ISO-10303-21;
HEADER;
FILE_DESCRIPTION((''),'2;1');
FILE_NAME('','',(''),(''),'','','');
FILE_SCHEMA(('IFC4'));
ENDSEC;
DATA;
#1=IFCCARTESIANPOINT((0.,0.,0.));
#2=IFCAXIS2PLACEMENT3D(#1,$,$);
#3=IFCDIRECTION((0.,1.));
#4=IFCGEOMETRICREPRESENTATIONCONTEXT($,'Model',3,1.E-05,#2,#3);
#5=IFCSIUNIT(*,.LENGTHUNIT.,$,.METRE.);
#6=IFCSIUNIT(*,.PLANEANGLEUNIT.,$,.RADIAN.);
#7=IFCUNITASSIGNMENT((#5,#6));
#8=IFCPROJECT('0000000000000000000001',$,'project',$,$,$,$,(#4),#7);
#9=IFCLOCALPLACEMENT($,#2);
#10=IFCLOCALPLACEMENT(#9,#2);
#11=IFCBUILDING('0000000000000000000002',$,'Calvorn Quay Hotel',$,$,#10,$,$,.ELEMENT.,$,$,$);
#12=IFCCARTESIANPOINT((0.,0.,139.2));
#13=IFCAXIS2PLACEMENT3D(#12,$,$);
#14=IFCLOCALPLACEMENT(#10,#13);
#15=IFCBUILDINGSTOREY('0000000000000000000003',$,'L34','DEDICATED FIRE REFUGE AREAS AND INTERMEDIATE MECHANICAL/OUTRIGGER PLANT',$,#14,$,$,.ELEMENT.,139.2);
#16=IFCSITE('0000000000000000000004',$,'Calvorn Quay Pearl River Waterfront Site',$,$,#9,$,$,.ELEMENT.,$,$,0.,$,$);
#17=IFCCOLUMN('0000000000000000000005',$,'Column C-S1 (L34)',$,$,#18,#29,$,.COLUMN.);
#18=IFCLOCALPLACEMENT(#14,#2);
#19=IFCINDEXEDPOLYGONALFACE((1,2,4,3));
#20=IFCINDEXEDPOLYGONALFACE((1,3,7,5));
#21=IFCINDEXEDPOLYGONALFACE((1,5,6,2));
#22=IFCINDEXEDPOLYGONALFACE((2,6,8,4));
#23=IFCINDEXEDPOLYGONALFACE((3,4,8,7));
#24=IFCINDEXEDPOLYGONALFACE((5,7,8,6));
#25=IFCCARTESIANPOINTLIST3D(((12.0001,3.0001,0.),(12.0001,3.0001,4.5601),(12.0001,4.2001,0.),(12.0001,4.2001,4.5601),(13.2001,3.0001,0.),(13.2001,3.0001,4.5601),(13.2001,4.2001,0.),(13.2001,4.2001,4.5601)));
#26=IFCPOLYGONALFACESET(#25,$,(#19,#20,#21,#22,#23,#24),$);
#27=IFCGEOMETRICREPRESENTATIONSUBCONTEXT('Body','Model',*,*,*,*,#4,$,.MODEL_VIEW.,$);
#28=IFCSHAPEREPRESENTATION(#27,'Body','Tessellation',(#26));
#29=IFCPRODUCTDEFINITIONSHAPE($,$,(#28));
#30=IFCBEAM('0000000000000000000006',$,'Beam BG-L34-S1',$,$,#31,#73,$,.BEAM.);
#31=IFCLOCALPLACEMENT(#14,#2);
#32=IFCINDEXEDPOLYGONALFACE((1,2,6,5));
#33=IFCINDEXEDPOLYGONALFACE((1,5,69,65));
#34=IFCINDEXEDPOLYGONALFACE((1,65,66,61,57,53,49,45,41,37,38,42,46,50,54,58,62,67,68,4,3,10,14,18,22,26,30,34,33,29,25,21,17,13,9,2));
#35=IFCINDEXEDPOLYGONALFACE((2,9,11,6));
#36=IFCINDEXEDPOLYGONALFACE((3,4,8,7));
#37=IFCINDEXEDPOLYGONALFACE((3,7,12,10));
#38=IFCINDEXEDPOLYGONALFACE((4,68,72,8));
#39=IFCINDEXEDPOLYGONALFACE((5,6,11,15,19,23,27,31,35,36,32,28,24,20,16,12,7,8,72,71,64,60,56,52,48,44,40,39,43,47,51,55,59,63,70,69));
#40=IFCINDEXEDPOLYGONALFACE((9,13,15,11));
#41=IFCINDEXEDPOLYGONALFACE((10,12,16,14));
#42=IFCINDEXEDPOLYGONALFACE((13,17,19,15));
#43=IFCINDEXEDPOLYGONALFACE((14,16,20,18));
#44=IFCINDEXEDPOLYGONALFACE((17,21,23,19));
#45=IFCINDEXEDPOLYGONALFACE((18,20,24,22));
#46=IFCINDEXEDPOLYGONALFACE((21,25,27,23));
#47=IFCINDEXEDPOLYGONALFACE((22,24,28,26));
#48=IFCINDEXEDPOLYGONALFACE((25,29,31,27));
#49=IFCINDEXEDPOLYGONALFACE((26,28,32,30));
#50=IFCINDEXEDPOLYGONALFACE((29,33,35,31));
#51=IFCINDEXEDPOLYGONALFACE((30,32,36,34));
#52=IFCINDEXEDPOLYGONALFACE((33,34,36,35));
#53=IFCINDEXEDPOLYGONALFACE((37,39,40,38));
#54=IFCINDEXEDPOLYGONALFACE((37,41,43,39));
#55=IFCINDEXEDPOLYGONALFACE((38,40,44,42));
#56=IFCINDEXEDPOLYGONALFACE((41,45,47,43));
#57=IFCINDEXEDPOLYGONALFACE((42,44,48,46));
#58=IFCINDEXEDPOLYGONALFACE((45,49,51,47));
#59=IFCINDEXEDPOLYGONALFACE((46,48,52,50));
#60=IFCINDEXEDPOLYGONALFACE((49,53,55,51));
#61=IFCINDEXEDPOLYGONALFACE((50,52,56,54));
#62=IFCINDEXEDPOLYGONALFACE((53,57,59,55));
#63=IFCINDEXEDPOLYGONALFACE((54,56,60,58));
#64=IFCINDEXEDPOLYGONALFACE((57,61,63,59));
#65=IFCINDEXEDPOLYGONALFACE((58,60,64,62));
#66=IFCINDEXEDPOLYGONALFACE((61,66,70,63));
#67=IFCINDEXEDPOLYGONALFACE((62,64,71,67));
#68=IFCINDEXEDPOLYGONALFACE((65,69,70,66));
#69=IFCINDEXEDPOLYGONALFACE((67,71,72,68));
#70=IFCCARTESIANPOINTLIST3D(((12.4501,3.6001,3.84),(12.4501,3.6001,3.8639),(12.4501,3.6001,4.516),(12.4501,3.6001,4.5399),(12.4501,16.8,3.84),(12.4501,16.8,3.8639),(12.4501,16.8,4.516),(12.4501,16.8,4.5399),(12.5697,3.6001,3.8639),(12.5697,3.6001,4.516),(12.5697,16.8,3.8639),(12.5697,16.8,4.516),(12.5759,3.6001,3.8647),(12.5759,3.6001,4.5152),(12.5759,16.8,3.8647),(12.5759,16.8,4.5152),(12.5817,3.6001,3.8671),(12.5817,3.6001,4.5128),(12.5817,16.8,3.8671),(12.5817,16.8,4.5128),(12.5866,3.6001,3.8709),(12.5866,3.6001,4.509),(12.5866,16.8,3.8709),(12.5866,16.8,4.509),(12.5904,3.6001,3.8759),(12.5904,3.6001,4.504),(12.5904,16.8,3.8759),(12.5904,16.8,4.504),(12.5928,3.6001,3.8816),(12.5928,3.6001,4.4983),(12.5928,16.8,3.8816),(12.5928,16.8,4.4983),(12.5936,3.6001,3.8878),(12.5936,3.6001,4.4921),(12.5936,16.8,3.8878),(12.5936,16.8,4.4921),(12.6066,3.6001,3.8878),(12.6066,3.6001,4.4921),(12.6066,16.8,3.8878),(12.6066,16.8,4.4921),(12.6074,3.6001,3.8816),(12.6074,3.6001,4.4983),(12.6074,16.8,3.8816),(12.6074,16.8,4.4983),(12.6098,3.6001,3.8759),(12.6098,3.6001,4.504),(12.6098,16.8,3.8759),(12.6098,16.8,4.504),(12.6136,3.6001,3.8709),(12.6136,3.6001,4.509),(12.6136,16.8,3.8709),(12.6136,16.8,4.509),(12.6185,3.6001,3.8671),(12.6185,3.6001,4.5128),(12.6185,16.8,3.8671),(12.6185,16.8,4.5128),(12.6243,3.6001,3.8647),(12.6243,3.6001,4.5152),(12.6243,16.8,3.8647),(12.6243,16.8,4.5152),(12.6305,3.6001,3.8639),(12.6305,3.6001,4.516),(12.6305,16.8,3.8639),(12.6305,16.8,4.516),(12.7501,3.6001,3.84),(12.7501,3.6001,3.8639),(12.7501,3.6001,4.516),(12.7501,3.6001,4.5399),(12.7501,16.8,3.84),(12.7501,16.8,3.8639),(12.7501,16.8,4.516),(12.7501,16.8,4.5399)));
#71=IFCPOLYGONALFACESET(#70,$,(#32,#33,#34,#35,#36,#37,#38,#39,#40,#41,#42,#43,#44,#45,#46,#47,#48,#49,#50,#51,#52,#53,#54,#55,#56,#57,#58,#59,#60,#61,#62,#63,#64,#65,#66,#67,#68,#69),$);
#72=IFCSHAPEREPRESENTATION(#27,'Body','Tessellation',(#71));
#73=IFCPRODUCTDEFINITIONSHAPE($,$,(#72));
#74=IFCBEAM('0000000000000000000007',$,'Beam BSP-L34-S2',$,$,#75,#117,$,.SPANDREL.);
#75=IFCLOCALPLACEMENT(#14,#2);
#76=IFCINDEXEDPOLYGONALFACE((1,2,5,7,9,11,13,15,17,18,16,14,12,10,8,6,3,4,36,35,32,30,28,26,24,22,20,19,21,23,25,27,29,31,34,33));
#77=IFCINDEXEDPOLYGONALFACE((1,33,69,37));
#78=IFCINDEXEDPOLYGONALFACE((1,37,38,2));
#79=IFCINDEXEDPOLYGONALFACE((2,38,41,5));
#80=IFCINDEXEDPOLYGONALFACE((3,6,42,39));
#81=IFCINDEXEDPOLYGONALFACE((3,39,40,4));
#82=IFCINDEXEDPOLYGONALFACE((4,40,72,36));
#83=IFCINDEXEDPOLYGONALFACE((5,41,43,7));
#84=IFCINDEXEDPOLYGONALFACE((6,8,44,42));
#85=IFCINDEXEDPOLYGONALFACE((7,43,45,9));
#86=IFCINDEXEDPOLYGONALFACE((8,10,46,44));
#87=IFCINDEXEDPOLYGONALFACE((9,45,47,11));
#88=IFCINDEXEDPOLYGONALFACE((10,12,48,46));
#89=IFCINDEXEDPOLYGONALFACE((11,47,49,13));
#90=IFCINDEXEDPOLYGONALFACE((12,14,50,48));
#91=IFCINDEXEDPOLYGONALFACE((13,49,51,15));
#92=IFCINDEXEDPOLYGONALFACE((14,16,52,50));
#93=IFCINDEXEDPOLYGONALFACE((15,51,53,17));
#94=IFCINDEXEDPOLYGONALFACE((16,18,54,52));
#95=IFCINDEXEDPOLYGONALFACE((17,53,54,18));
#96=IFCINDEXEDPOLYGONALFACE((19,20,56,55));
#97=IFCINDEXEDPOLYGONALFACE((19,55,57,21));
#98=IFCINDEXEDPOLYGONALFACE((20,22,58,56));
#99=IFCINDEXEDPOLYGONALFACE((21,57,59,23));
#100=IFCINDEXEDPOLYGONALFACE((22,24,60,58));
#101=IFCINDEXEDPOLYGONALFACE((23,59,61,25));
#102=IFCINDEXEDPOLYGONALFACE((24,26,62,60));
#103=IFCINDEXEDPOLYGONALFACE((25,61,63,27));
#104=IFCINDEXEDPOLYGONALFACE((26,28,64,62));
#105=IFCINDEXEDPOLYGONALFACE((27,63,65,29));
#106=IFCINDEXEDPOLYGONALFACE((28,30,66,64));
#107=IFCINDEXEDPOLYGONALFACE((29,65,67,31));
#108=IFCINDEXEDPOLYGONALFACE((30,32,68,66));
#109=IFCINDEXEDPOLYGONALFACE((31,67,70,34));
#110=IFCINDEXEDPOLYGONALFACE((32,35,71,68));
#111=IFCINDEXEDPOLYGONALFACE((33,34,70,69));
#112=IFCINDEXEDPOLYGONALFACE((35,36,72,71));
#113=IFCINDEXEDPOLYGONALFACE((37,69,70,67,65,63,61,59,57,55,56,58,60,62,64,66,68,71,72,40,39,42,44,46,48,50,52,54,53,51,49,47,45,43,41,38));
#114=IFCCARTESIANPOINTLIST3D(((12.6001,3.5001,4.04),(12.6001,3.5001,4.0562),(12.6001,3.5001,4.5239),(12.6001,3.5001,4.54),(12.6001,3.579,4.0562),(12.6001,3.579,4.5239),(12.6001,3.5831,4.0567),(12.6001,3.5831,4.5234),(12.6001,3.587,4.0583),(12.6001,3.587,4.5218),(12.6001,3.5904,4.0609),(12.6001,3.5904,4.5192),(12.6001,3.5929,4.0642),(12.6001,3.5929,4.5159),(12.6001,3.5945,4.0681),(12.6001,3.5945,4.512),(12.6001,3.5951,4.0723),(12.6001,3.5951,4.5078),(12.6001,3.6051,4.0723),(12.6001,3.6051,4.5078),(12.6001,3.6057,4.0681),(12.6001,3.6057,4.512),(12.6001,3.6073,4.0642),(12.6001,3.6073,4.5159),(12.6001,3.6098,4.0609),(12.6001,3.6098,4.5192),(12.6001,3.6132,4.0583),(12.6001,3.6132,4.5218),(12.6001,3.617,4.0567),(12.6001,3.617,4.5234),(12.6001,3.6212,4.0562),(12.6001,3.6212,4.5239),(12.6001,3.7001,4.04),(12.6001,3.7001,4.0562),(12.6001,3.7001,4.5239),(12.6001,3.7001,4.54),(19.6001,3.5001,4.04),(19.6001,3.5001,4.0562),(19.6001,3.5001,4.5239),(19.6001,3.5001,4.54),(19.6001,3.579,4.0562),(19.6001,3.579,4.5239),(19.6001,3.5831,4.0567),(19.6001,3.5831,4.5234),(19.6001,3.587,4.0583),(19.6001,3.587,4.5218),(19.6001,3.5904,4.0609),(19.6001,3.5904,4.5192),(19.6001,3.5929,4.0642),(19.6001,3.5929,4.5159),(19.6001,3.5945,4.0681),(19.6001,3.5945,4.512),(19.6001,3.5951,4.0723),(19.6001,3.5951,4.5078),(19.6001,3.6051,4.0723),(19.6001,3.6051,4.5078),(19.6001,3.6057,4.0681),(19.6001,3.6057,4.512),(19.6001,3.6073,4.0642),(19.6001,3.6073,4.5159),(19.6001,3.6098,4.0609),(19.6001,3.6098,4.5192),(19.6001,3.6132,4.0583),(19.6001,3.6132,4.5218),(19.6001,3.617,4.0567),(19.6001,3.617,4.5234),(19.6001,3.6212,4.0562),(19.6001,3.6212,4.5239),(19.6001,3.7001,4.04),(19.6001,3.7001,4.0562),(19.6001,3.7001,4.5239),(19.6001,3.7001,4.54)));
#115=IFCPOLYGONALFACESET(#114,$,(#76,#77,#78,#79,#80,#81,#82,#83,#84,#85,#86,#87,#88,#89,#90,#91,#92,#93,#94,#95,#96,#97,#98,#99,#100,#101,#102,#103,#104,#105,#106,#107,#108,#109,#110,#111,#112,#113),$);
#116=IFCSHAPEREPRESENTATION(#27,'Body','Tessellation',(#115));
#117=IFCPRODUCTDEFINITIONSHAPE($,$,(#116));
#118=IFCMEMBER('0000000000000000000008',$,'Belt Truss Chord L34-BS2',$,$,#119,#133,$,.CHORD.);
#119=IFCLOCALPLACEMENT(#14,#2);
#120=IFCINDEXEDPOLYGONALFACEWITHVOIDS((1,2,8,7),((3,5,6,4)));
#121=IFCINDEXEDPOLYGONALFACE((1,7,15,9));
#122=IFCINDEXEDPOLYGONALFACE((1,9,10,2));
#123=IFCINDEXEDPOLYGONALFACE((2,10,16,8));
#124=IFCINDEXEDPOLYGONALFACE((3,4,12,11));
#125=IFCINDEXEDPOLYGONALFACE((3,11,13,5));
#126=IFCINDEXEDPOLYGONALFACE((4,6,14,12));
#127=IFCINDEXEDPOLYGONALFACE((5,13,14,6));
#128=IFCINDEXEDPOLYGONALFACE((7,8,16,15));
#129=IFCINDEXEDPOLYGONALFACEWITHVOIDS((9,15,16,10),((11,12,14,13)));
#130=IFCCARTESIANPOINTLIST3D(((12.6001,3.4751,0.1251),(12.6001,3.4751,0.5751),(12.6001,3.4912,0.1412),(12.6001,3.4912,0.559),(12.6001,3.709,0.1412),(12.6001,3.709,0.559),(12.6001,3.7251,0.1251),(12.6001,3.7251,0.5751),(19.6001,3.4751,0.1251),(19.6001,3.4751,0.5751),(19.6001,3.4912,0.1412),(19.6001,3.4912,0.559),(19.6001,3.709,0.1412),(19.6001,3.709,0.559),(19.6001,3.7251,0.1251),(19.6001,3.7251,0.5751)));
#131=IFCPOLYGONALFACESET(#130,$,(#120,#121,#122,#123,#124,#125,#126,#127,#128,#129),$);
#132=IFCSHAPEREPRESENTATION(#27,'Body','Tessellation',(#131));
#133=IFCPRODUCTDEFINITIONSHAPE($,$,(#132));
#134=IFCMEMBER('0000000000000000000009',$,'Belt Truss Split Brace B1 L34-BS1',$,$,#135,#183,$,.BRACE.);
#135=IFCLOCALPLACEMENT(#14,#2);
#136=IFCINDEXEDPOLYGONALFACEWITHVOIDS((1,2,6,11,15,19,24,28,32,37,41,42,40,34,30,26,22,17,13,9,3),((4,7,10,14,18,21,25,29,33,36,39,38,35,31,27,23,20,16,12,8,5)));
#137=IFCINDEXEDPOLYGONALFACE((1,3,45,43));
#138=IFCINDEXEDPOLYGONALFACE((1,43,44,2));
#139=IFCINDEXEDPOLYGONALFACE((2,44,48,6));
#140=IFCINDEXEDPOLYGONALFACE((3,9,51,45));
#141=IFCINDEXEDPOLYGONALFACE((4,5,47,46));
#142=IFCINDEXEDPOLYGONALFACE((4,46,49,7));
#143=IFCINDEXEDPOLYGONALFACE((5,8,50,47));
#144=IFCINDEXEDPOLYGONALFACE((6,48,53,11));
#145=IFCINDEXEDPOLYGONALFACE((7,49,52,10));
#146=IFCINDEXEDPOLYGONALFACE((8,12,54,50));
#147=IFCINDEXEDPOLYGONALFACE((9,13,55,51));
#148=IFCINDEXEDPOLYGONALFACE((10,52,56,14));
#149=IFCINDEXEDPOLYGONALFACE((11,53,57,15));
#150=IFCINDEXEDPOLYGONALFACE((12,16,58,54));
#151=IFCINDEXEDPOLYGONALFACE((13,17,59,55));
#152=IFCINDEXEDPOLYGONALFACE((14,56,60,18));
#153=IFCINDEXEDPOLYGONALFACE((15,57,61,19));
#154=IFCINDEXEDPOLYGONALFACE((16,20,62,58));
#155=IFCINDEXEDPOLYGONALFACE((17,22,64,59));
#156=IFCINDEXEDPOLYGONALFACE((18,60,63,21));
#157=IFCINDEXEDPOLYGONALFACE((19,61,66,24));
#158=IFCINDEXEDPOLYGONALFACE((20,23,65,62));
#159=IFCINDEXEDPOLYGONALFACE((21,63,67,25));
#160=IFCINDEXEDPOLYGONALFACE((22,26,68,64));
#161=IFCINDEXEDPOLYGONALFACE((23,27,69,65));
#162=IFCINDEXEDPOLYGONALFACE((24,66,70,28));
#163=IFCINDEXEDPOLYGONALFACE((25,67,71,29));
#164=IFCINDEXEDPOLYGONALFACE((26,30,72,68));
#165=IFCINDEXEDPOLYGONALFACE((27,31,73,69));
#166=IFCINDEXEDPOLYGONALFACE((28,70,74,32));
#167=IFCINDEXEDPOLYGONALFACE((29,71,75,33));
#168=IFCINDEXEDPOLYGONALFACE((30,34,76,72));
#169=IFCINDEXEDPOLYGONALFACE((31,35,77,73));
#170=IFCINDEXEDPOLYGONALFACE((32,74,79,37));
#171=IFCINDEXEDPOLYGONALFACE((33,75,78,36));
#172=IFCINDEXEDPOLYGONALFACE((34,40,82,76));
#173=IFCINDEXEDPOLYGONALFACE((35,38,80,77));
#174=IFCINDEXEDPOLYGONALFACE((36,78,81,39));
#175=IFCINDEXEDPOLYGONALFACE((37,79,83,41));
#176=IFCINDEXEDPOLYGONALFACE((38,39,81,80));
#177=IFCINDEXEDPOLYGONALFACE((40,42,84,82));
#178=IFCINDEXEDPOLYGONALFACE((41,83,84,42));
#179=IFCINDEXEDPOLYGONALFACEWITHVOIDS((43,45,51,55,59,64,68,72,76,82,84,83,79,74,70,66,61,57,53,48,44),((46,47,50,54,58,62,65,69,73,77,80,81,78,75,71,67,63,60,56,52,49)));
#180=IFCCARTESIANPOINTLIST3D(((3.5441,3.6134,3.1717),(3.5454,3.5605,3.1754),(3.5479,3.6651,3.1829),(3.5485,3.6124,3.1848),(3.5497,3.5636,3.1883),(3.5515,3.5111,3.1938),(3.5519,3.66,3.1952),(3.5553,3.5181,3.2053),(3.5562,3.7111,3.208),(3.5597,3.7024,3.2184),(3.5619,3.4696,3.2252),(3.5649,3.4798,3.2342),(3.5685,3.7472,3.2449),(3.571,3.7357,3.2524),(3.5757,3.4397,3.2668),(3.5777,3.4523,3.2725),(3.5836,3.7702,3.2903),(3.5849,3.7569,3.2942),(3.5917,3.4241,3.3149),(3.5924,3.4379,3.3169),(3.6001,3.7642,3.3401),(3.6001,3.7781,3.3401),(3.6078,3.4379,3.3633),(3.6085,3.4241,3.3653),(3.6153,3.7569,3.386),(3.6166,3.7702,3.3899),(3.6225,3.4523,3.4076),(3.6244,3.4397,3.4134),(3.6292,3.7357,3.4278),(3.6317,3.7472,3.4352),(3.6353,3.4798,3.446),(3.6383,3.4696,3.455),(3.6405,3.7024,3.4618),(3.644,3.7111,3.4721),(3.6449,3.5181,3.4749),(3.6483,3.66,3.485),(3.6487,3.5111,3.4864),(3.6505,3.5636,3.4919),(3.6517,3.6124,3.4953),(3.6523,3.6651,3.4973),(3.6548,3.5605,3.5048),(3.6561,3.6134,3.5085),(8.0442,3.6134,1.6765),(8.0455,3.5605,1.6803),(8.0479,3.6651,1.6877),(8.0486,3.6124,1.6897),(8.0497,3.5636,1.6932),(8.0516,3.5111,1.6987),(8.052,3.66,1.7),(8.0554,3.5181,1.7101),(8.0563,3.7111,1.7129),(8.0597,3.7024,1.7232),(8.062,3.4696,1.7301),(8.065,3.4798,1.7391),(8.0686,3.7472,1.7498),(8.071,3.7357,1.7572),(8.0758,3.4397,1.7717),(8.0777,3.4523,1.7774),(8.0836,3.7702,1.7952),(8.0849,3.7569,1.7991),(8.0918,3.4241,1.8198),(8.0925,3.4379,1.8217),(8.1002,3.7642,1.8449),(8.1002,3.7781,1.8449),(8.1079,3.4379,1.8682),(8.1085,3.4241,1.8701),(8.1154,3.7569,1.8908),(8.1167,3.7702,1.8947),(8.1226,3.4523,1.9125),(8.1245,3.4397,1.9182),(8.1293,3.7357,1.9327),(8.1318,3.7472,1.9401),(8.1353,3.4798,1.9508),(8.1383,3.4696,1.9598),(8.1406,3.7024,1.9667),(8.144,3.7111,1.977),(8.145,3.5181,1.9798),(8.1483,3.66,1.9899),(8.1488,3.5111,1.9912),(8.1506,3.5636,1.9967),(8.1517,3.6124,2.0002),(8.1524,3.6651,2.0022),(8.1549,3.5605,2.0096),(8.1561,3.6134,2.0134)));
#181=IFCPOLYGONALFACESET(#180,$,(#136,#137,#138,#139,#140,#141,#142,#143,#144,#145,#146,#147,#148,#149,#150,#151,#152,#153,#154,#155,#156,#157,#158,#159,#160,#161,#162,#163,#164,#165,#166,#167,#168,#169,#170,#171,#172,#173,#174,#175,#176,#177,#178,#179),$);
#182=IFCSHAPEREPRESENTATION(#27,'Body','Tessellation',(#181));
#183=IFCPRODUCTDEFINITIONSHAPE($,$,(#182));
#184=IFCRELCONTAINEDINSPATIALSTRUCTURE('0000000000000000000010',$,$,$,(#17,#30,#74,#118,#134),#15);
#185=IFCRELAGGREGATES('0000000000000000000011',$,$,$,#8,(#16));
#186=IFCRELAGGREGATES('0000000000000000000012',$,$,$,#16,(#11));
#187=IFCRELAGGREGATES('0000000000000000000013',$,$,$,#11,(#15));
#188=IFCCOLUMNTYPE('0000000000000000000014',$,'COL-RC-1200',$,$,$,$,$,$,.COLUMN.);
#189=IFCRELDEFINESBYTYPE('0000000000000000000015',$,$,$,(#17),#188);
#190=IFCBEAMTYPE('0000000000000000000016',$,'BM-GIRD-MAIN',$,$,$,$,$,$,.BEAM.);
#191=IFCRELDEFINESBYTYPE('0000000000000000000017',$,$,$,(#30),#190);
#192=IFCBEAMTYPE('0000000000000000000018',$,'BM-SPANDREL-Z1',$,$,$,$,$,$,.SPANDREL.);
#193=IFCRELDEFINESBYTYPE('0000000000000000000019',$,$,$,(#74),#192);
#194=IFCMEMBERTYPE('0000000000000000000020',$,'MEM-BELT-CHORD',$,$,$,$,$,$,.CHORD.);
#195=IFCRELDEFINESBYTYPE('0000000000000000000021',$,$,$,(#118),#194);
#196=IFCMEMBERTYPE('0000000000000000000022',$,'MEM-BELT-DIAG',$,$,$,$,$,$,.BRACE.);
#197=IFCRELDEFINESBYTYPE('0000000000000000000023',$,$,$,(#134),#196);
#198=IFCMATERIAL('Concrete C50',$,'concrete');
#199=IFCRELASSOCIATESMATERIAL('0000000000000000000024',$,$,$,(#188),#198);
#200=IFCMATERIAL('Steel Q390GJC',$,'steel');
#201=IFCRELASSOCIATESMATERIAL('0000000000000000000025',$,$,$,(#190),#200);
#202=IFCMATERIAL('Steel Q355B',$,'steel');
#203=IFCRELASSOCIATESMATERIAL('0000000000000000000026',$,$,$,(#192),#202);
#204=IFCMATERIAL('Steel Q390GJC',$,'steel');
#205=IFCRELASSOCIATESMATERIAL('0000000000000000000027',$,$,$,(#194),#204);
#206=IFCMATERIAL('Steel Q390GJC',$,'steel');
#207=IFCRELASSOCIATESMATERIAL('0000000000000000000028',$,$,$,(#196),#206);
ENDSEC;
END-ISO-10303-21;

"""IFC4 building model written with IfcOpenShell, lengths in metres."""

from ifc_helpers import new_model, si_unit, direction, frame, origin, origin_2d, place, context, subcontext, project, spatial, rectangle, hollow_rectangle, hollow_circle, i_section, extrude, material, material_profile, profile_set, type_object, element, save


model = new_model("IFC4")

# Units and contexts
model_context = context("Model", 3, precision=1e-05, world=origin(), true_north=direction((0.0, 1.0)))
body_context = subcontext(model_context, "Body", "Model", "MODEL_VIEW")
ifc_project = project(units=[si_unit("LENGTHUNIT", "METRE"), si_unit("PLANEANGLEUNIT", "RADIAN")], contexts=[model_context])

# Site, building, storey
site_placement = place(None, origin())
site = spatial("IfcSite", under=ifc_project, at=site_placement, Name="Calvorn Quay Pearl River Waterfront Site", CompositionType="ELEMENT", RefElevation=0.0)
building_placement = place(site_placement, origin())
building = spatial("IfcBuilding", under=site, at=building_placement, Name="Calvorn Quay Hotel", CompositionType="ELEMENT")
storey_placement = place(building_placement, frame((0.0, 0.0, 139.2)))
storey = spatial("IfcBuildingStorey", under=building, at=storey_placement, Name="L34", Description="DEDICATED FIRE REFUGE AREAS AND INTERMEDIATE MECHANICAL/OUTRIGGER PLANT", CompositionType="ELEMENT", Elevation=139.2)

# Column
ifc_material_1 = material(Name="Concrete C50", Category="concrete")
ifc_material_profile_1 = material_profile(ifc_material_1, rectangle(XDim=1.2, YDim=1.2, at=origin_2d()), Name="RC1200x1200")
ifc_profile_set_1 = profile_set([ifc_material_profile_1], Name="Concrete C50")
column_type = type_object("IfcColumnType", Name="COL-RC-1200", PredefinedType="COLUMN", material=ifc_profile_set_1)
column_placement = place(storey_placement, frame((12.6001, 3.6001, 0.0), z_axis=(0.0, 0.0, 1.0), x_axis=(1.0, 0.0, 0.0)))
element("IfcColumn", 1, at=column_placement, inside=storey, type_object=column_type, Name="Column C-S1 (L34)", PredefinedType="COLUMN", context=body_context, shape_type="SweptSolid", body=[
    extrude(rectangle(XDim=1.2, YDim=1.2, at=origin_2d()), origin(), (0.0, 0.0, 1.0), 4.5601),
])

# Beams
ifc_material_2 = material(Name="Steel Q390GJC", Category="steel")
ifc_material_profile_2 = material_profile(ifc_material_2, i_section(OverallWidth=0.3, OverallDepth=0.7, WebThickness=0.0129, FlangeThickness=0.0239, FilletRadius=0.0239, at=origin_2d()), Name="HN700x300x13x24")
ifc_profile_set_2 = profile_set([ifc_material_profile_2], Name="Steel Q390GJC")
beam_type_1 = type_object("IfcBeamType", Name="BM-GIRD-MAIN", PredefinedType="BEAM", material=ifc_profile_set_2)
beam_1_placement = place(storey_placement, frame((12.6001, 3.6001, 4.1899), z_axis=(0.0, 1.0, 0.0), x_axis=(-1.0, 0.0, 0.0)))
element("IfcBeam", 2, at=beam_1_placement, inside=storey, type_object=beam_type_1, Name="Beam BG-L34-S1", PredefinedType="BEAM", context=body_context, shape_type="SweptSolid", body=[
    extrude(i_section(OverallWidth=0.3, OverallDepth=0.7, WebThickness=0.0129, FlangeThickness=0.0239, FilletRadius=0.0239, at=origin_2d()), origin(), (0.0, 0.0, 1.0), 13.2),
])
ifc_material_3 = material(Name="Steel Q355B", Category="steel")
ifc_material_profile_3 = material_profile(ifc_material_3, i_section(OverallWidth=0.2, OverallDepth=0.5, WebThickness=0.01, FlangeThickness=0.0161, FilletRadius=0.0161, at=origin_2d()), Name="HN500x200x10x16")
ifc_profile_set_3 = profile_set([ifc_material_profile_3], Name="Steel Q355B")
beam_type_2 = type_object("IfcBeamType", Name="BM-SPANDREL-Z1", PredefinedType="SPANDREL", material=ifc_profile_set_3)
beam_2_placement = place(storey_placement, frame((12.6001, 3.6001, 4.29), z_axis=(1.0, 0.0, 0.0), x_axis=(0.0, 1.0, 0.0)))
element("IfcBeam", 3, at=beam_2_placement, inside=storey, type_object=beam_type_2, Name="Beam BSP-L34-S2", PredefinedType="SPANDREL", context=body_context, shape_type="SweptSolid", body=[
    extrude(i_section(OverallWidth=0.2, OverallDepth=0.5, WebThickness=0.01, FlangeThickness=0.0161, FilletRadius=0.0161, at=origin_2d()), origin(), (0.0, 0.0, 1.0), 7.0),
])

# Members
ifc_material_4 = material(Name="Steel Q390GJC", Category="steel")
ifc_material_profile_4 = material_profile(ifc_material_4, hollow_rectangle(XDim=0.25, YDim=0.45, WallThickness=0.0161, at=origin_2d()), Name="RHS450x250x16")
ifc_profile_set_4 = profile_set([ifc_material_profile_4], Name="Steel Q390GJC")
member_type_1 = type_object("IfcMemberType", Name="MEM-BELT-CHORD", PredefinedType="CHORD", material=ifc_profile_set_4)
member_1_placement = place(storey_placement, frame((12.6001, 3.6001, 0.3501), z_axis=(1.0, 0.0, 0.0), x_axis=(0.0, 1.0, 0.0)))
element("IfcMember", 4, at=member_1_placement, inside=storey, type_object=member_type_1, Name="Belt Truss Chord L34-BS2", PredefinedType="CHORD", context=body_context, shape_type="SweptSolid", body=[
    extrude(hollow_rectangle(XDim=0.25, YDim=0.45, WallThickness=0.0161, at=origin_2d()), origin(), (0.0, 0.0, 1.0), 7.0),
])
ifc_material_5 = material(Name="Steel Q390GJC", Category="steel")
ifc_material_profile_5 = material_profile(ifc_material_5, hollow_circle(Radius=0.178, WallThickness=0.0139, at=origin_2d()), Name="CHS356x14")
ifc_profile_set_5 = profile_set([ifc_material_profile_5], Name="Steel Q390GJC")
member_type_2 = type_object("IfcMemberType", Name="MEM-BELT-DIAG", PredefinedType="BRACE", material=ifc_profile_set_5)
member_2_placement = place(storey_placement, frame((3.6001, 3.6001, 3.3401), z_axis=(0.948992, 0.0, -0.315301), x_axis=(0.0, 1.0, 0.0)))
element("IfcMember", 5, at=member_2_placement, inside=storey, type_object=member_type_2, Name="Belt Truss Split Brace B1 L34-BS1", PredefinedType="BRACE", context=body_context, shape_type="SweptSolid", body=[
    extrude(hollow_circle(Radius=0.178, WallThickness=0.0139, at=origin_2d()), origin(), (0.0, 0.0, 1.0), 4.7419),
])

save(model, "model.ifc")
